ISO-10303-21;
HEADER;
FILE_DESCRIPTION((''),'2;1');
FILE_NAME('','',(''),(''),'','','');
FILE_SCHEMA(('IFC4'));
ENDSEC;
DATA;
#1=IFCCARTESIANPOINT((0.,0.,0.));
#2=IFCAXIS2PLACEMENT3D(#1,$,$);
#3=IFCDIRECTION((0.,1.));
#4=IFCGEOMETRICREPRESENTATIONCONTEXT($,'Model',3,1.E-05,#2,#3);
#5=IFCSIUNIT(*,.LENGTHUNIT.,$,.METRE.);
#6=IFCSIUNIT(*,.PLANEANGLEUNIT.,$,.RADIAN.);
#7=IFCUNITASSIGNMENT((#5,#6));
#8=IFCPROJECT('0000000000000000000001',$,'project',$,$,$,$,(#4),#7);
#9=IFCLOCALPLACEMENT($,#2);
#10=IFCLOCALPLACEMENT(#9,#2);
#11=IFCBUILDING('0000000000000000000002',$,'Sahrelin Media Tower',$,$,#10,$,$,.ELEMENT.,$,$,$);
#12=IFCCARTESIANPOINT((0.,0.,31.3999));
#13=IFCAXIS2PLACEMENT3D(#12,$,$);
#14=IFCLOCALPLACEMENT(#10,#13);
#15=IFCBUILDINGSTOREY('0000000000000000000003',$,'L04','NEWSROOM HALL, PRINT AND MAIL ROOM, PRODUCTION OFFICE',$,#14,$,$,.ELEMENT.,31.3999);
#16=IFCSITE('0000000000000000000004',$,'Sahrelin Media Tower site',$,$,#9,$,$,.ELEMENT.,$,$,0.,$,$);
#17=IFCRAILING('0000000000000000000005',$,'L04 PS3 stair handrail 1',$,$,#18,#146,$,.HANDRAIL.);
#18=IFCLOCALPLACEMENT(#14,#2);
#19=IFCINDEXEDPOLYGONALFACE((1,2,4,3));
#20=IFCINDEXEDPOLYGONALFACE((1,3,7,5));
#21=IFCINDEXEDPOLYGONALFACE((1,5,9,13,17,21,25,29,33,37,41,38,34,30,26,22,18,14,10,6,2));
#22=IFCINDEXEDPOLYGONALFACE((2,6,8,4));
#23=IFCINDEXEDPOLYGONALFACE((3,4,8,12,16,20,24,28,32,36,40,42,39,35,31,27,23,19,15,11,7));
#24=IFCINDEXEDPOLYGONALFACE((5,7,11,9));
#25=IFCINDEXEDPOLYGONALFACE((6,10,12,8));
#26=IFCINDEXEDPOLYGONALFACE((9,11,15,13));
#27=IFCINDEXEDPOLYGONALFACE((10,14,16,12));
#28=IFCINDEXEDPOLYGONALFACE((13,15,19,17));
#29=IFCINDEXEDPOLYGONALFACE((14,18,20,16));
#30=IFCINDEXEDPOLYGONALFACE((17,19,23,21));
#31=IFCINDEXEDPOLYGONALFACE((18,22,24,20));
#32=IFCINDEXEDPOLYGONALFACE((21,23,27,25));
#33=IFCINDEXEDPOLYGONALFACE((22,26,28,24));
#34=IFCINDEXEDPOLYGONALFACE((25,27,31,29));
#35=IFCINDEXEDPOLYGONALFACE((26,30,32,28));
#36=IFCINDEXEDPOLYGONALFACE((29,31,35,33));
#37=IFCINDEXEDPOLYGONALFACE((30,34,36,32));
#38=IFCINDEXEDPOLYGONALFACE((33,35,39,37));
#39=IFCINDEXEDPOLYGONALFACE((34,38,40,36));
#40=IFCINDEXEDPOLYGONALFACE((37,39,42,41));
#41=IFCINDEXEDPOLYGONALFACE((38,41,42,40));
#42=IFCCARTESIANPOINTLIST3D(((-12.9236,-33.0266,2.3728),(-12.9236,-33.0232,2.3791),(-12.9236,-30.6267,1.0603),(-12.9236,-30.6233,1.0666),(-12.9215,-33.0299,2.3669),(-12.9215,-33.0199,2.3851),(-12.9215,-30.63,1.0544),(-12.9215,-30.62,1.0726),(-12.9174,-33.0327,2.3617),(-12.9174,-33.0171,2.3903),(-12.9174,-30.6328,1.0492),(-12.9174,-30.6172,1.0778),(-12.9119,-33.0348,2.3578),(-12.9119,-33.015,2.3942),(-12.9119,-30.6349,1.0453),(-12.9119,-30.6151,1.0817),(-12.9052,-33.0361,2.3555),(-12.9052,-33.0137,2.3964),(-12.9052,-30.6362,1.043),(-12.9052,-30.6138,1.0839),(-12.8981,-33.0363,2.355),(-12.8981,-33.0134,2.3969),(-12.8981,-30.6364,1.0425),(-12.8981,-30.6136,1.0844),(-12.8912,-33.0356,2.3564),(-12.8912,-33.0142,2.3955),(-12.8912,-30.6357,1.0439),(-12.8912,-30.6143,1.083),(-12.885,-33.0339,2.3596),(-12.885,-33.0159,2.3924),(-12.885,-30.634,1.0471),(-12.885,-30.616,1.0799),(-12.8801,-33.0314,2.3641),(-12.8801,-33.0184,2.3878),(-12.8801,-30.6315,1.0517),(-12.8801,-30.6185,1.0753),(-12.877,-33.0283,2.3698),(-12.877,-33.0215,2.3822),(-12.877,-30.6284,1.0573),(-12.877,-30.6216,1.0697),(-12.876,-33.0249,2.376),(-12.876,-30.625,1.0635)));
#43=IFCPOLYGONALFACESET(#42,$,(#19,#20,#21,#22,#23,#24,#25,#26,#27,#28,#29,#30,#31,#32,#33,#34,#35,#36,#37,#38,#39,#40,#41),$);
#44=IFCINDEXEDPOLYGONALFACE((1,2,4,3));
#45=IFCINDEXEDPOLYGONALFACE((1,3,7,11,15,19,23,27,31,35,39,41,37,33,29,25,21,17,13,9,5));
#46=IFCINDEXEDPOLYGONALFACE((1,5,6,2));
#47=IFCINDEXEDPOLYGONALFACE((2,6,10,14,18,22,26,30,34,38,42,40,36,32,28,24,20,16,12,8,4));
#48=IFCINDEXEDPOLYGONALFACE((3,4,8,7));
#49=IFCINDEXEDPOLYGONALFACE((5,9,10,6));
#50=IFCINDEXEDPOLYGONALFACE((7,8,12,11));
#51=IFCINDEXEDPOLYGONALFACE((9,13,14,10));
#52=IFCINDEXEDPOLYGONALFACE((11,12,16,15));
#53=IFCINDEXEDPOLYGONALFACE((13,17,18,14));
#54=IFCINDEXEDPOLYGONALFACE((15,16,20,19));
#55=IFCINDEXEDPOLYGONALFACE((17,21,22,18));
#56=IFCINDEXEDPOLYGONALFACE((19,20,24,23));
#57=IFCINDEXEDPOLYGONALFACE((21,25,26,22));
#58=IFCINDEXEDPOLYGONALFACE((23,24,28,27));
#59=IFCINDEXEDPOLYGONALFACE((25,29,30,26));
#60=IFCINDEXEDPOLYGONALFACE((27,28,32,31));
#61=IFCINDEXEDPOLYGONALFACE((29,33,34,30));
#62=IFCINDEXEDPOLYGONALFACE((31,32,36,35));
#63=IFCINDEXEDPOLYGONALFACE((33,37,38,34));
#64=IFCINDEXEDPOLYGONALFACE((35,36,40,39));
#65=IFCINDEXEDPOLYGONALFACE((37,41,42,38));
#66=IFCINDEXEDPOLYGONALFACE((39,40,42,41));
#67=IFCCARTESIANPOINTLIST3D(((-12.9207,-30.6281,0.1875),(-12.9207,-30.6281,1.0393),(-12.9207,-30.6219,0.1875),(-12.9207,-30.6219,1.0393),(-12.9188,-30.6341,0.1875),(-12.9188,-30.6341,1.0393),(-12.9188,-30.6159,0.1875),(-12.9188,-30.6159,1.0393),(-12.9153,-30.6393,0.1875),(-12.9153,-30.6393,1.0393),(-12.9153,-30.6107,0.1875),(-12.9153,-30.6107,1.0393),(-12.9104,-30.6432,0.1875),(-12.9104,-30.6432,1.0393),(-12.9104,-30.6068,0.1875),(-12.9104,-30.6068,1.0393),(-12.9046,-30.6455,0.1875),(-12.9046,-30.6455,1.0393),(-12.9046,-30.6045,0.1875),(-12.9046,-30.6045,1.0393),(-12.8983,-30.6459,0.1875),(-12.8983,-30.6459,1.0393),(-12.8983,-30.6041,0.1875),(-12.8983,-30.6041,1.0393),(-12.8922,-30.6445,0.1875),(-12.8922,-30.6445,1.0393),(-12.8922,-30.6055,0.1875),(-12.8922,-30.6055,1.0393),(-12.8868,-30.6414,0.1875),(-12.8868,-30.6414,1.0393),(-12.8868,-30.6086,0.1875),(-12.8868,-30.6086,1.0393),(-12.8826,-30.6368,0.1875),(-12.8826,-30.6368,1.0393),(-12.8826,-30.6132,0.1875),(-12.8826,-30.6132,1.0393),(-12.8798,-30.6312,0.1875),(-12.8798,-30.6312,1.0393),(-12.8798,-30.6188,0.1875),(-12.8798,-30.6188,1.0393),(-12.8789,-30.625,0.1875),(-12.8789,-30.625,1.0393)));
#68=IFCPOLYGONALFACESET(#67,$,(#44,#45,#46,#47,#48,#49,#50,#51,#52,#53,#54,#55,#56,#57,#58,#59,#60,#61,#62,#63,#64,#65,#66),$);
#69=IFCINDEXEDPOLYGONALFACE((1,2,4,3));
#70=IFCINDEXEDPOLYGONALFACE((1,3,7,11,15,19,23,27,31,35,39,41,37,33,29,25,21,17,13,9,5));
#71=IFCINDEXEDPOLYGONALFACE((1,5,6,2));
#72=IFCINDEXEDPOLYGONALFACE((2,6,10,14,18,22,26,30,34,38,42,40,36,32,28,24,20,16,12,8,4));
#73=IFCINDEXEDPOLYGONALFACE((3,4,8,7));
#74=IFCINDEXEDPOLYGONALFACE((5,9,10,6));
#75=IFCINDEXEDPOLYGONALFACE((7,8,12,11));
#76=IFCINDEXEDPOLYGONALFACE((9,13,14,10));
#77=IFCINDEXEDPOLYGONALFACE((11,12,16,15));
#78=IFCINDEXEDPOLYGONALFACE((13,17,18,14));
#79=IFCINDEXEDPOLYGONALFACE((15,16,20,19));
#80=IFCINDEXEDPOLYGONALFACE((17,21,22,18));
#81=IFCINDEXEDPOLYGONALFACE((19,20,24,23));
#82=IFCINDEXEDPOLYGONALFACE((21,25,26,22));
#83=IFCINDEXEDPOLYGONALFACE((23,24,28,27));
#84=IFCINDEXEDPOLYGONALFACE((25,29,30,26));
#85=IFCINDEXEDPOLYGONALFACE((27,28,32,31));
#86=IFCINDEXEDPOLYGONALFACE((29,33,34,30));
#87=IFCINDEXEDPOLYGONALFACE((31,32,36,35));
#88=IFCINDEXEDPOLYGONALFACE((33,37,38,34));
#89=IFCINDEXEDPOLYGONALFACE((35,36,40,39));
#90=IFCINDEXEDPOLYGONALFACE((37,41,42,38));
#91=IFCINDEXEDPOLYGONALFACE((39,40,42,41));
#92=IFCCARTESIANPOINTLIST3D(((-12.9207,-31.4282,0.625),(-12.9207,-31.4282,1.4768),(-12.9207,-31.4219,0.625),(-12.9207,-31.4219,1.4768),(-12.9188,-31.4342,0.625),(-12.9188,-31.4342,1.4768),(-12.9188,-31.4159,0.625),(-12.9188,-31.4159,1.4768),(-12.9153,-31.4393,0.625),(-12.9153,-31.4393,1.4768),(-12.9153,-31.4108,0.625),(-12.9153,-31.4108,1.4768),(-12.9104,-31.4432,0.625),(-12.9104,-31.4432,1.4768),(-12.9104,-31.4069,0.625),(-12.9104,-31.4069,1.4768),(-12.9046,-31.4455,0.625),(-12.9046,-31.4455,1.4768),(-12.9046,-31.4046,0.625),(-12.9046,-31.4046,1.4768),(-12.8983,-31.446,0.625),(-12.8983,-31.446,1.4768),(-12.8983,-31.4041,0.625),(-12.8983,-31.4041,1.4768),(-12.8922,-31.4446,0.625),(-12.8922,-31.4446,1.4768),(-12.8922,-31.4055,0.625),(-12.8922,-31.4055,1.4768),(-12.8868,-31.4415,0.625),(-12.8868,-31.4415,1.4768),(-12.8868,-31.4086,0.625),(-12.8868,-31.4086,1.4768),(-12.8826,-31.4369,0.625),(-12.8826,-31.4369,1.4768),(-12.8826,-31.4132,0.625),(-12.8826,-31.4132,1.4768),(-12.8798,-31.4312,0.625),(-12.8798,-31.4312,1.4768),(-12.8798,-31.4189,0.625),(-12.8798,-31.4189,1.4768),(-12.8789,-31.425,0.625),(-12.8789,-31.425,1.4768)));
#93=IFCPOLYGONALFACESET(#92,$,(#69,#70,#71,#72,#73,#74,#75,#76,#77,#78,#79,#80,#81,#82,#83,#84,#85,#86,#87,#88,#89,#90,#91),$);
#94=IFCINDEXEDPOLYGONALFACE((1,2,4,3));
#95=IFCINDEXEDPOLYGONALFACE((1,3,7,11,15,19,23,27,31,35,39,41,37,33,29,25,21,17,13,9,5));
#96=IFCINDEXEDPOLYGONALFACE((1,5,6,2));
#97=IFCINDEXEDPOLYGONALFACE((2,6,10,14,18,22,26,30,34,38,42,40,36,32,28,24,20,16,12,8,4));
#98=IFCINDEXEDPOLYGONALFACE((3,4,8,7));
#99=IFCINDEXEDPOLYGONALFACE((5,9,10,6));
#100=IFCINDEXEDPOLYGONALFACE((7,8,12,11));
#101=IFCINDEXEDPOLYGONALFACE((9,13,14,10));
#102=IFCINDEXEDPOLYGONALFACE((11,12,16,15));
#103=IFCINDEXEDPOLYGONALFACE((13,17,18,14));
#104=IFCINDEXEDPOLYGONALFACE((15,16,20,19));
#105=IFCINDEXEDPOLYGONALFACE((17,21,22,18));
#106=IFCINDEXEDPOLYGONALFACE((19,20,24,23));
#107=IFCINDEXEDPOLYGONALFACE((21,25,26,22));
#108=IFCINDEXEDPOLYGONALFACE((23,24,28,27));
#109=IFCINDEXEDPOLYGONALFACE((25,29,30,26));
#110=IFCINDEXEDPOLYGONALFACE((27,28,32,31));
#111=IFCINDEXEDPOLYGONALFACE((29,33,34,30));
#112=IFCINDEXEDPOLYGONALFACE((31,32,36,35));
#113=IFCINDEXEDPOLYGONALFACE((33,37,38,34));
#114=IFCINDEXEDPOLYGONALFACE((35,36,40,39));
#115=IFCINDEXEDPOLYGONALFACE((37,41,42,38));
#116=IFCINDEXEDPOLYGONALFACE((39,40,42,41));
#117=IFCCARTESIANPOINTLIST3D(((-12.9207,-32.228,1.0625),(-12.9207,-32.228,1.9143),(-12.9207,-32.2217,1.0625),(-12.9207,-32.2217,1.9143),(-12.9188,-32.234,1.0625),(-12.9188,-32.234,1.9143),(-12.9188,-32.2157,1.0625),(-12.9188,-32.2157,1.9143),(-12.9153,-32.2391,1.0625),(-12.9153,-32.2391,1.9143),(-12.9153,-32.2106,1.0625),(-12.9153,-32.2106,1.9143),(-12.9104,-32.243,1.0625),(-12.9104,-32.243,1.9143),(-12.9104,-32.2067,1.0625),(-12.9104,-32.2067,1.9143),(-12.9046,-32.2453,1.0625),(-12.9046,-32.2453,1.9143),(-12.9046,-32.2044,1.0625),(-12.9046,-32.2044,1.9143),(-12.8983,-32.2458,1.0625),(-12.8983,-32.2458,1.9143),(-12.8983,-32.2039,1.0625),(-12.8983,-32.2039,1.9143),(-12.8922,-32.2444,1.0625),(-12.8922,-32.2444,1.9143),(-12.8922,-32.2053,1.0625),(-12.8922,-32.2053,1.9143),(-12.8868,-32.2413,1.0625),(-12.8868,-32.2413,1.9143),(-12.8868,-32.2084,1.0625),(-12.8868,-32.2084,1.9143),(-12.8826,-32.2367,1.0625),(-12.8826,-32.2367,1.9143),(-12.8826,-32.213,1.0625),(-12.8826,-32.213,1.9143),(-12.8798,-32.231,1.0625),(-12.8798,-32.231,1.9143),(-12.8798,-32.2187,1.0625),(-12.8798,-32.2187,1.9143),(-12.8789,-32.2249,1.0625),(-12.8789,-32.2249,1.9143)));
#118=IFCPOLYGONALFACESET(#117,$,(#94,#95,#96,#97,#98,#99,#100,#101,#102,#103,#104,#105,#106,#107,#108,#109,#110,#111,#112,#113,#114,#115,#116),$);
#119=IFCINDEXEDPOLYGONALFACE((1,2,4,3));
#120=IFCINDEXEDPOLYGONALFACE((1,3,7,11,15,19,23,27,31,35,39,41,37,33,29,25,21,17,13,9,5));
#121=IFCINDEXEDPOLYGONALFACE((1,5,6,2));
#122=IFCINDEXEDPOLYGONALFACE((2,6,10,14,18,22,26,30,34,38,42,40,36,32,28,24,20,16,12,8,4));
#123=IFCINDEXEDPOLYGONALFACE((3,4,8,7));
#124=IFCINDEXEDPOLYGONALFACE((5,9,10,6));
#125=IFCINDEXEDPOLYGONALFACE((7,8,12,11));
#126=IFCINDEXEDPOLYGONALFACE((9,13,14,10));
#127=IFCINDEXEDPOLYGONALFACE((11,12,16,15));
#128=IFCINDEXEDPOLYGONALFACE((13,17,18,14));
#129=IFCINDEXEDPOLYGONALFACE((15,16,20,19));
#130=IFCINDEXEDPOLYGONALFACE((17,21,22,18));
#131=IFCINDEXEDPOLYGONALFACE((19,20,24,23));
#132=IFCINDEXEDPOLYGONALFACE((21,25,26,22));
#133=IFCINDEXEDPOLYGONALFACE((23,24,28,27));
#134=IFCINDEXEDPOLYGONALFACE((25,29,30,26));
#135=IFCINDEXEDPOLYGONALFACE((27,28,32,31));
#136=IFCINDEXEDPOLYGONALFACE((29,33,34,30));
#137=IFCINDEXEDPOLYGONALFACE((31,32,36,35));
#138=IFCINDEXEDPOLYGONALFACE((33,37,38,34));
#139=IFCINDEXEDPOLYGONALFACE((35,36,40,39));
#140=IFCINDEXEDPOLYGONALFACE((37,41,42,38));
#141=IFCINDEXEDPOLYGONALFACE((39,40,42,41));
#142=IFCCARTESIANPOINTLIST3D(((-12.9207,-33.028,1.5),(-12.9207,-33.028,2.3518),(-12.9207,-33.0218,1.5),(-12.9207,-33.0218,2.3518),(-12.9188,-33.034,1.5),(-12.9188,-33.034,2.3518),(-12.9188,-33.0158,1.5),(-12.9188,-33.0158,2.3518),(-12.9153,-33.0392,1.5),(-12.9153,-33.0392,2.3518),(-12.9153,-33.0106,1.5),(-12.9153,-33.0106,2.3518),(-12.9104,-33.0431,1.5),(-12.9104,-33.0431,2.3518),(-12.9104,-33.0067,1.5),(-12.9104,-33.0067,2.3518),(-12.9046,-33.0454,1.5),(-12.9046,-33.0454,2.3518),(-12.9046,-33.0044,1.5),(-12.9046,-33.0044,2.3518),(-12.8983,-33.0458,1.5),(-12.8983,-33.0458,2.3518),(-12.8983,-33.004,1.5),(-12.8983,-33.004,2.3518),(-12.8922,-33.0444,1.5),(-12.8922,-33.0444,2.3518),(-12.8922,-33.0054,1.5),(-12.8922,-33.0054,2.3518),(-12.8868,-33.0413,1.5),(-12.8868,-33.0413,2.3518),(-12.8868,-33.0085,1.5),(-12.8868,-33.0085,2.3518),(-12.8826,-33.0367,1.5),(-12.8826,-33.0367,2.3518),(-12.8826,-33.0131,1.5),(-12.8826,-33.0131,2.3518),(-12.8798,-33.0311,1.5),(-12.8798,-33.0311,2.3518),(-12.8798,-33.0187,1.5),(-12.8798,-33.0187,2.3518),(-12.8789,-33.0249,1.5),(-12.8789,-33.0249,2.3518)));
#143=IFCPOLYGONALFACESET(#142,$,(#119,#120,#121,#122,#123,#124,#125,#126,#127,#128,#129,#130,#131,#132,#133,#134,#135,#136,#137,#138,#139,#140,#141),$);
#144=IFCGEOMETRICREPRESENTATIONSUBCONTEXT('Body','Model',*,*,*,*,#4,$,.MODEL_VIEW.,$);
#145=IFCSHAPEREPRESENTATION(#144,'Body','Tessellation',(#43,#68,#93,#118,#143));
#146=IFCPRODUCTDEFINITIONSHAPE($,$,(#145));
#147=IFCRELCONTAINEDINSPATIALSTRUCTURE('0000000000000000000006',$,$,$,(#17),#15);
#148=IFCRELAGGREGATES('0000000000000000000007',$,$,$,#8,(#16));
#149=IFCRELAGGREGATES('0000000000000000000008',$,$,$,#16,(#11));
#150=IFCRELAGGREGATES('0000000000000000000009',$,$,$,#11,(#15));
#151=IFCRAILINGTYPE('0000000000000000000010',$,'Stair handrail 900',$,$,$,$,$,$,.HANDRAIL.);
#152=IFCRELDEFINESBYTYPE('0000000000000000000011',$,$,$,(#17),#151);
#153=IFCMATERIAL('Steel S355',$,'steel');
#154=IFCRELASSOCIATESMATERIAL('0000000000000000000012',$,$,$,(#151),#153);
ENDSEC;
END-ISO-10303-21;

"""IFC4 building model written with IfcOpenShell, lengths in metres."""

from ifc_helpers import new_model, si_unit, direction, frame, origin, origin_2d, place, context, subcontext, project, spatial, circle, extrude, material, type_object, element, save


model = new_model("IFC4")

# Units and contexts
model_context = context("Model", 3, precision=1e-05, world=origin(), true_north=direction((0.0, 1.0)))
body_context = subcontext(model_context, "Body", "Model", "MODEL_VIEW")
ifc_project = project(units=[si_unit("LENGTHUNIT", "METRE"), si_unit("PLANEANGLEUNIT", "RADIAN")], contexts=[model_context])

# Site, building, storey
site_placement = place(None, origin())
site = spatial("IfcSite", under=ifc_project, at=site_placement, Name="Sahrelin Media Tower site", CompositionType="ELEMENT", RefElevation=0.0)
building_placement = place(site_placement, origin())
building = spatial("IfcBuilding", under=site, at=building_placement, Name="Sahrelin Media Tower", CompositionType="ELEMENT")
storey_placement = place(building_placement, frame((0.0, 0.0, 31.3999)))
storey = spatial("IfcBuildingStorey", under=building, at=storey_placement, Name="L04", Description="NEWSROOM HALL, PRINT AND MAIL ROOM, PRODUCTION OFFICE", CompositionType="ELEMENT", Elevation=31.3999)

# Shared definitions
ifc_material_1 = material(Name="Steel S355", Category="steel")

# Railing
railing_type_1 = type_object("IfcRailingType", Name="Stair handrail 900", PredefinedType="HANDRAIL", material=ifc_material_1)
for number, where, name in (
    (1, (-12.8999, -30.625, 0.1875), "L04 PS3 stair handrail 1"),
):
    element("IfcRailing", number, at=place(storey_placement, frame(where)), inside=storey, type_object=railing_type_1, Name=name, PredefinedType="HANDRAIL", context=body_context, shape_type="SweptSolid", body=[
        extrude(circle(Radius=0.0239, at=origin_2d()), frame((0.0, 0.0, 0.876), z_axis=(0.0, -0.877363, 0.479827), x_axis=(1.0, 0.0, 0.0)), (0.0, 0.0, 1.0), 2.7354),
        extrude(circle(Radius=0.021, at=origin_2d()), origin(), (0.0, 0.0, 1.0), 0.8518),
        extrude(circle(Radius=0.021, at=origin_2d()), frame((0.0, -0.8, 0.4375)), (0.0, 0.0, 1.0), 0.8518),
        extrude(circle(Radius=0.021, at=origin_2d()), frame((0.0, -1.5999, 0.875)), (0.0, 0.0, 1.0), 0.8518),
        extrude(circle(Radius=0.021, at=origin_2d()), frame((0.0, -2.3999, 1.3125)), (0.0, 0.0, 1.0), 0.8518),
    ])

save(model, "model.ifc")
